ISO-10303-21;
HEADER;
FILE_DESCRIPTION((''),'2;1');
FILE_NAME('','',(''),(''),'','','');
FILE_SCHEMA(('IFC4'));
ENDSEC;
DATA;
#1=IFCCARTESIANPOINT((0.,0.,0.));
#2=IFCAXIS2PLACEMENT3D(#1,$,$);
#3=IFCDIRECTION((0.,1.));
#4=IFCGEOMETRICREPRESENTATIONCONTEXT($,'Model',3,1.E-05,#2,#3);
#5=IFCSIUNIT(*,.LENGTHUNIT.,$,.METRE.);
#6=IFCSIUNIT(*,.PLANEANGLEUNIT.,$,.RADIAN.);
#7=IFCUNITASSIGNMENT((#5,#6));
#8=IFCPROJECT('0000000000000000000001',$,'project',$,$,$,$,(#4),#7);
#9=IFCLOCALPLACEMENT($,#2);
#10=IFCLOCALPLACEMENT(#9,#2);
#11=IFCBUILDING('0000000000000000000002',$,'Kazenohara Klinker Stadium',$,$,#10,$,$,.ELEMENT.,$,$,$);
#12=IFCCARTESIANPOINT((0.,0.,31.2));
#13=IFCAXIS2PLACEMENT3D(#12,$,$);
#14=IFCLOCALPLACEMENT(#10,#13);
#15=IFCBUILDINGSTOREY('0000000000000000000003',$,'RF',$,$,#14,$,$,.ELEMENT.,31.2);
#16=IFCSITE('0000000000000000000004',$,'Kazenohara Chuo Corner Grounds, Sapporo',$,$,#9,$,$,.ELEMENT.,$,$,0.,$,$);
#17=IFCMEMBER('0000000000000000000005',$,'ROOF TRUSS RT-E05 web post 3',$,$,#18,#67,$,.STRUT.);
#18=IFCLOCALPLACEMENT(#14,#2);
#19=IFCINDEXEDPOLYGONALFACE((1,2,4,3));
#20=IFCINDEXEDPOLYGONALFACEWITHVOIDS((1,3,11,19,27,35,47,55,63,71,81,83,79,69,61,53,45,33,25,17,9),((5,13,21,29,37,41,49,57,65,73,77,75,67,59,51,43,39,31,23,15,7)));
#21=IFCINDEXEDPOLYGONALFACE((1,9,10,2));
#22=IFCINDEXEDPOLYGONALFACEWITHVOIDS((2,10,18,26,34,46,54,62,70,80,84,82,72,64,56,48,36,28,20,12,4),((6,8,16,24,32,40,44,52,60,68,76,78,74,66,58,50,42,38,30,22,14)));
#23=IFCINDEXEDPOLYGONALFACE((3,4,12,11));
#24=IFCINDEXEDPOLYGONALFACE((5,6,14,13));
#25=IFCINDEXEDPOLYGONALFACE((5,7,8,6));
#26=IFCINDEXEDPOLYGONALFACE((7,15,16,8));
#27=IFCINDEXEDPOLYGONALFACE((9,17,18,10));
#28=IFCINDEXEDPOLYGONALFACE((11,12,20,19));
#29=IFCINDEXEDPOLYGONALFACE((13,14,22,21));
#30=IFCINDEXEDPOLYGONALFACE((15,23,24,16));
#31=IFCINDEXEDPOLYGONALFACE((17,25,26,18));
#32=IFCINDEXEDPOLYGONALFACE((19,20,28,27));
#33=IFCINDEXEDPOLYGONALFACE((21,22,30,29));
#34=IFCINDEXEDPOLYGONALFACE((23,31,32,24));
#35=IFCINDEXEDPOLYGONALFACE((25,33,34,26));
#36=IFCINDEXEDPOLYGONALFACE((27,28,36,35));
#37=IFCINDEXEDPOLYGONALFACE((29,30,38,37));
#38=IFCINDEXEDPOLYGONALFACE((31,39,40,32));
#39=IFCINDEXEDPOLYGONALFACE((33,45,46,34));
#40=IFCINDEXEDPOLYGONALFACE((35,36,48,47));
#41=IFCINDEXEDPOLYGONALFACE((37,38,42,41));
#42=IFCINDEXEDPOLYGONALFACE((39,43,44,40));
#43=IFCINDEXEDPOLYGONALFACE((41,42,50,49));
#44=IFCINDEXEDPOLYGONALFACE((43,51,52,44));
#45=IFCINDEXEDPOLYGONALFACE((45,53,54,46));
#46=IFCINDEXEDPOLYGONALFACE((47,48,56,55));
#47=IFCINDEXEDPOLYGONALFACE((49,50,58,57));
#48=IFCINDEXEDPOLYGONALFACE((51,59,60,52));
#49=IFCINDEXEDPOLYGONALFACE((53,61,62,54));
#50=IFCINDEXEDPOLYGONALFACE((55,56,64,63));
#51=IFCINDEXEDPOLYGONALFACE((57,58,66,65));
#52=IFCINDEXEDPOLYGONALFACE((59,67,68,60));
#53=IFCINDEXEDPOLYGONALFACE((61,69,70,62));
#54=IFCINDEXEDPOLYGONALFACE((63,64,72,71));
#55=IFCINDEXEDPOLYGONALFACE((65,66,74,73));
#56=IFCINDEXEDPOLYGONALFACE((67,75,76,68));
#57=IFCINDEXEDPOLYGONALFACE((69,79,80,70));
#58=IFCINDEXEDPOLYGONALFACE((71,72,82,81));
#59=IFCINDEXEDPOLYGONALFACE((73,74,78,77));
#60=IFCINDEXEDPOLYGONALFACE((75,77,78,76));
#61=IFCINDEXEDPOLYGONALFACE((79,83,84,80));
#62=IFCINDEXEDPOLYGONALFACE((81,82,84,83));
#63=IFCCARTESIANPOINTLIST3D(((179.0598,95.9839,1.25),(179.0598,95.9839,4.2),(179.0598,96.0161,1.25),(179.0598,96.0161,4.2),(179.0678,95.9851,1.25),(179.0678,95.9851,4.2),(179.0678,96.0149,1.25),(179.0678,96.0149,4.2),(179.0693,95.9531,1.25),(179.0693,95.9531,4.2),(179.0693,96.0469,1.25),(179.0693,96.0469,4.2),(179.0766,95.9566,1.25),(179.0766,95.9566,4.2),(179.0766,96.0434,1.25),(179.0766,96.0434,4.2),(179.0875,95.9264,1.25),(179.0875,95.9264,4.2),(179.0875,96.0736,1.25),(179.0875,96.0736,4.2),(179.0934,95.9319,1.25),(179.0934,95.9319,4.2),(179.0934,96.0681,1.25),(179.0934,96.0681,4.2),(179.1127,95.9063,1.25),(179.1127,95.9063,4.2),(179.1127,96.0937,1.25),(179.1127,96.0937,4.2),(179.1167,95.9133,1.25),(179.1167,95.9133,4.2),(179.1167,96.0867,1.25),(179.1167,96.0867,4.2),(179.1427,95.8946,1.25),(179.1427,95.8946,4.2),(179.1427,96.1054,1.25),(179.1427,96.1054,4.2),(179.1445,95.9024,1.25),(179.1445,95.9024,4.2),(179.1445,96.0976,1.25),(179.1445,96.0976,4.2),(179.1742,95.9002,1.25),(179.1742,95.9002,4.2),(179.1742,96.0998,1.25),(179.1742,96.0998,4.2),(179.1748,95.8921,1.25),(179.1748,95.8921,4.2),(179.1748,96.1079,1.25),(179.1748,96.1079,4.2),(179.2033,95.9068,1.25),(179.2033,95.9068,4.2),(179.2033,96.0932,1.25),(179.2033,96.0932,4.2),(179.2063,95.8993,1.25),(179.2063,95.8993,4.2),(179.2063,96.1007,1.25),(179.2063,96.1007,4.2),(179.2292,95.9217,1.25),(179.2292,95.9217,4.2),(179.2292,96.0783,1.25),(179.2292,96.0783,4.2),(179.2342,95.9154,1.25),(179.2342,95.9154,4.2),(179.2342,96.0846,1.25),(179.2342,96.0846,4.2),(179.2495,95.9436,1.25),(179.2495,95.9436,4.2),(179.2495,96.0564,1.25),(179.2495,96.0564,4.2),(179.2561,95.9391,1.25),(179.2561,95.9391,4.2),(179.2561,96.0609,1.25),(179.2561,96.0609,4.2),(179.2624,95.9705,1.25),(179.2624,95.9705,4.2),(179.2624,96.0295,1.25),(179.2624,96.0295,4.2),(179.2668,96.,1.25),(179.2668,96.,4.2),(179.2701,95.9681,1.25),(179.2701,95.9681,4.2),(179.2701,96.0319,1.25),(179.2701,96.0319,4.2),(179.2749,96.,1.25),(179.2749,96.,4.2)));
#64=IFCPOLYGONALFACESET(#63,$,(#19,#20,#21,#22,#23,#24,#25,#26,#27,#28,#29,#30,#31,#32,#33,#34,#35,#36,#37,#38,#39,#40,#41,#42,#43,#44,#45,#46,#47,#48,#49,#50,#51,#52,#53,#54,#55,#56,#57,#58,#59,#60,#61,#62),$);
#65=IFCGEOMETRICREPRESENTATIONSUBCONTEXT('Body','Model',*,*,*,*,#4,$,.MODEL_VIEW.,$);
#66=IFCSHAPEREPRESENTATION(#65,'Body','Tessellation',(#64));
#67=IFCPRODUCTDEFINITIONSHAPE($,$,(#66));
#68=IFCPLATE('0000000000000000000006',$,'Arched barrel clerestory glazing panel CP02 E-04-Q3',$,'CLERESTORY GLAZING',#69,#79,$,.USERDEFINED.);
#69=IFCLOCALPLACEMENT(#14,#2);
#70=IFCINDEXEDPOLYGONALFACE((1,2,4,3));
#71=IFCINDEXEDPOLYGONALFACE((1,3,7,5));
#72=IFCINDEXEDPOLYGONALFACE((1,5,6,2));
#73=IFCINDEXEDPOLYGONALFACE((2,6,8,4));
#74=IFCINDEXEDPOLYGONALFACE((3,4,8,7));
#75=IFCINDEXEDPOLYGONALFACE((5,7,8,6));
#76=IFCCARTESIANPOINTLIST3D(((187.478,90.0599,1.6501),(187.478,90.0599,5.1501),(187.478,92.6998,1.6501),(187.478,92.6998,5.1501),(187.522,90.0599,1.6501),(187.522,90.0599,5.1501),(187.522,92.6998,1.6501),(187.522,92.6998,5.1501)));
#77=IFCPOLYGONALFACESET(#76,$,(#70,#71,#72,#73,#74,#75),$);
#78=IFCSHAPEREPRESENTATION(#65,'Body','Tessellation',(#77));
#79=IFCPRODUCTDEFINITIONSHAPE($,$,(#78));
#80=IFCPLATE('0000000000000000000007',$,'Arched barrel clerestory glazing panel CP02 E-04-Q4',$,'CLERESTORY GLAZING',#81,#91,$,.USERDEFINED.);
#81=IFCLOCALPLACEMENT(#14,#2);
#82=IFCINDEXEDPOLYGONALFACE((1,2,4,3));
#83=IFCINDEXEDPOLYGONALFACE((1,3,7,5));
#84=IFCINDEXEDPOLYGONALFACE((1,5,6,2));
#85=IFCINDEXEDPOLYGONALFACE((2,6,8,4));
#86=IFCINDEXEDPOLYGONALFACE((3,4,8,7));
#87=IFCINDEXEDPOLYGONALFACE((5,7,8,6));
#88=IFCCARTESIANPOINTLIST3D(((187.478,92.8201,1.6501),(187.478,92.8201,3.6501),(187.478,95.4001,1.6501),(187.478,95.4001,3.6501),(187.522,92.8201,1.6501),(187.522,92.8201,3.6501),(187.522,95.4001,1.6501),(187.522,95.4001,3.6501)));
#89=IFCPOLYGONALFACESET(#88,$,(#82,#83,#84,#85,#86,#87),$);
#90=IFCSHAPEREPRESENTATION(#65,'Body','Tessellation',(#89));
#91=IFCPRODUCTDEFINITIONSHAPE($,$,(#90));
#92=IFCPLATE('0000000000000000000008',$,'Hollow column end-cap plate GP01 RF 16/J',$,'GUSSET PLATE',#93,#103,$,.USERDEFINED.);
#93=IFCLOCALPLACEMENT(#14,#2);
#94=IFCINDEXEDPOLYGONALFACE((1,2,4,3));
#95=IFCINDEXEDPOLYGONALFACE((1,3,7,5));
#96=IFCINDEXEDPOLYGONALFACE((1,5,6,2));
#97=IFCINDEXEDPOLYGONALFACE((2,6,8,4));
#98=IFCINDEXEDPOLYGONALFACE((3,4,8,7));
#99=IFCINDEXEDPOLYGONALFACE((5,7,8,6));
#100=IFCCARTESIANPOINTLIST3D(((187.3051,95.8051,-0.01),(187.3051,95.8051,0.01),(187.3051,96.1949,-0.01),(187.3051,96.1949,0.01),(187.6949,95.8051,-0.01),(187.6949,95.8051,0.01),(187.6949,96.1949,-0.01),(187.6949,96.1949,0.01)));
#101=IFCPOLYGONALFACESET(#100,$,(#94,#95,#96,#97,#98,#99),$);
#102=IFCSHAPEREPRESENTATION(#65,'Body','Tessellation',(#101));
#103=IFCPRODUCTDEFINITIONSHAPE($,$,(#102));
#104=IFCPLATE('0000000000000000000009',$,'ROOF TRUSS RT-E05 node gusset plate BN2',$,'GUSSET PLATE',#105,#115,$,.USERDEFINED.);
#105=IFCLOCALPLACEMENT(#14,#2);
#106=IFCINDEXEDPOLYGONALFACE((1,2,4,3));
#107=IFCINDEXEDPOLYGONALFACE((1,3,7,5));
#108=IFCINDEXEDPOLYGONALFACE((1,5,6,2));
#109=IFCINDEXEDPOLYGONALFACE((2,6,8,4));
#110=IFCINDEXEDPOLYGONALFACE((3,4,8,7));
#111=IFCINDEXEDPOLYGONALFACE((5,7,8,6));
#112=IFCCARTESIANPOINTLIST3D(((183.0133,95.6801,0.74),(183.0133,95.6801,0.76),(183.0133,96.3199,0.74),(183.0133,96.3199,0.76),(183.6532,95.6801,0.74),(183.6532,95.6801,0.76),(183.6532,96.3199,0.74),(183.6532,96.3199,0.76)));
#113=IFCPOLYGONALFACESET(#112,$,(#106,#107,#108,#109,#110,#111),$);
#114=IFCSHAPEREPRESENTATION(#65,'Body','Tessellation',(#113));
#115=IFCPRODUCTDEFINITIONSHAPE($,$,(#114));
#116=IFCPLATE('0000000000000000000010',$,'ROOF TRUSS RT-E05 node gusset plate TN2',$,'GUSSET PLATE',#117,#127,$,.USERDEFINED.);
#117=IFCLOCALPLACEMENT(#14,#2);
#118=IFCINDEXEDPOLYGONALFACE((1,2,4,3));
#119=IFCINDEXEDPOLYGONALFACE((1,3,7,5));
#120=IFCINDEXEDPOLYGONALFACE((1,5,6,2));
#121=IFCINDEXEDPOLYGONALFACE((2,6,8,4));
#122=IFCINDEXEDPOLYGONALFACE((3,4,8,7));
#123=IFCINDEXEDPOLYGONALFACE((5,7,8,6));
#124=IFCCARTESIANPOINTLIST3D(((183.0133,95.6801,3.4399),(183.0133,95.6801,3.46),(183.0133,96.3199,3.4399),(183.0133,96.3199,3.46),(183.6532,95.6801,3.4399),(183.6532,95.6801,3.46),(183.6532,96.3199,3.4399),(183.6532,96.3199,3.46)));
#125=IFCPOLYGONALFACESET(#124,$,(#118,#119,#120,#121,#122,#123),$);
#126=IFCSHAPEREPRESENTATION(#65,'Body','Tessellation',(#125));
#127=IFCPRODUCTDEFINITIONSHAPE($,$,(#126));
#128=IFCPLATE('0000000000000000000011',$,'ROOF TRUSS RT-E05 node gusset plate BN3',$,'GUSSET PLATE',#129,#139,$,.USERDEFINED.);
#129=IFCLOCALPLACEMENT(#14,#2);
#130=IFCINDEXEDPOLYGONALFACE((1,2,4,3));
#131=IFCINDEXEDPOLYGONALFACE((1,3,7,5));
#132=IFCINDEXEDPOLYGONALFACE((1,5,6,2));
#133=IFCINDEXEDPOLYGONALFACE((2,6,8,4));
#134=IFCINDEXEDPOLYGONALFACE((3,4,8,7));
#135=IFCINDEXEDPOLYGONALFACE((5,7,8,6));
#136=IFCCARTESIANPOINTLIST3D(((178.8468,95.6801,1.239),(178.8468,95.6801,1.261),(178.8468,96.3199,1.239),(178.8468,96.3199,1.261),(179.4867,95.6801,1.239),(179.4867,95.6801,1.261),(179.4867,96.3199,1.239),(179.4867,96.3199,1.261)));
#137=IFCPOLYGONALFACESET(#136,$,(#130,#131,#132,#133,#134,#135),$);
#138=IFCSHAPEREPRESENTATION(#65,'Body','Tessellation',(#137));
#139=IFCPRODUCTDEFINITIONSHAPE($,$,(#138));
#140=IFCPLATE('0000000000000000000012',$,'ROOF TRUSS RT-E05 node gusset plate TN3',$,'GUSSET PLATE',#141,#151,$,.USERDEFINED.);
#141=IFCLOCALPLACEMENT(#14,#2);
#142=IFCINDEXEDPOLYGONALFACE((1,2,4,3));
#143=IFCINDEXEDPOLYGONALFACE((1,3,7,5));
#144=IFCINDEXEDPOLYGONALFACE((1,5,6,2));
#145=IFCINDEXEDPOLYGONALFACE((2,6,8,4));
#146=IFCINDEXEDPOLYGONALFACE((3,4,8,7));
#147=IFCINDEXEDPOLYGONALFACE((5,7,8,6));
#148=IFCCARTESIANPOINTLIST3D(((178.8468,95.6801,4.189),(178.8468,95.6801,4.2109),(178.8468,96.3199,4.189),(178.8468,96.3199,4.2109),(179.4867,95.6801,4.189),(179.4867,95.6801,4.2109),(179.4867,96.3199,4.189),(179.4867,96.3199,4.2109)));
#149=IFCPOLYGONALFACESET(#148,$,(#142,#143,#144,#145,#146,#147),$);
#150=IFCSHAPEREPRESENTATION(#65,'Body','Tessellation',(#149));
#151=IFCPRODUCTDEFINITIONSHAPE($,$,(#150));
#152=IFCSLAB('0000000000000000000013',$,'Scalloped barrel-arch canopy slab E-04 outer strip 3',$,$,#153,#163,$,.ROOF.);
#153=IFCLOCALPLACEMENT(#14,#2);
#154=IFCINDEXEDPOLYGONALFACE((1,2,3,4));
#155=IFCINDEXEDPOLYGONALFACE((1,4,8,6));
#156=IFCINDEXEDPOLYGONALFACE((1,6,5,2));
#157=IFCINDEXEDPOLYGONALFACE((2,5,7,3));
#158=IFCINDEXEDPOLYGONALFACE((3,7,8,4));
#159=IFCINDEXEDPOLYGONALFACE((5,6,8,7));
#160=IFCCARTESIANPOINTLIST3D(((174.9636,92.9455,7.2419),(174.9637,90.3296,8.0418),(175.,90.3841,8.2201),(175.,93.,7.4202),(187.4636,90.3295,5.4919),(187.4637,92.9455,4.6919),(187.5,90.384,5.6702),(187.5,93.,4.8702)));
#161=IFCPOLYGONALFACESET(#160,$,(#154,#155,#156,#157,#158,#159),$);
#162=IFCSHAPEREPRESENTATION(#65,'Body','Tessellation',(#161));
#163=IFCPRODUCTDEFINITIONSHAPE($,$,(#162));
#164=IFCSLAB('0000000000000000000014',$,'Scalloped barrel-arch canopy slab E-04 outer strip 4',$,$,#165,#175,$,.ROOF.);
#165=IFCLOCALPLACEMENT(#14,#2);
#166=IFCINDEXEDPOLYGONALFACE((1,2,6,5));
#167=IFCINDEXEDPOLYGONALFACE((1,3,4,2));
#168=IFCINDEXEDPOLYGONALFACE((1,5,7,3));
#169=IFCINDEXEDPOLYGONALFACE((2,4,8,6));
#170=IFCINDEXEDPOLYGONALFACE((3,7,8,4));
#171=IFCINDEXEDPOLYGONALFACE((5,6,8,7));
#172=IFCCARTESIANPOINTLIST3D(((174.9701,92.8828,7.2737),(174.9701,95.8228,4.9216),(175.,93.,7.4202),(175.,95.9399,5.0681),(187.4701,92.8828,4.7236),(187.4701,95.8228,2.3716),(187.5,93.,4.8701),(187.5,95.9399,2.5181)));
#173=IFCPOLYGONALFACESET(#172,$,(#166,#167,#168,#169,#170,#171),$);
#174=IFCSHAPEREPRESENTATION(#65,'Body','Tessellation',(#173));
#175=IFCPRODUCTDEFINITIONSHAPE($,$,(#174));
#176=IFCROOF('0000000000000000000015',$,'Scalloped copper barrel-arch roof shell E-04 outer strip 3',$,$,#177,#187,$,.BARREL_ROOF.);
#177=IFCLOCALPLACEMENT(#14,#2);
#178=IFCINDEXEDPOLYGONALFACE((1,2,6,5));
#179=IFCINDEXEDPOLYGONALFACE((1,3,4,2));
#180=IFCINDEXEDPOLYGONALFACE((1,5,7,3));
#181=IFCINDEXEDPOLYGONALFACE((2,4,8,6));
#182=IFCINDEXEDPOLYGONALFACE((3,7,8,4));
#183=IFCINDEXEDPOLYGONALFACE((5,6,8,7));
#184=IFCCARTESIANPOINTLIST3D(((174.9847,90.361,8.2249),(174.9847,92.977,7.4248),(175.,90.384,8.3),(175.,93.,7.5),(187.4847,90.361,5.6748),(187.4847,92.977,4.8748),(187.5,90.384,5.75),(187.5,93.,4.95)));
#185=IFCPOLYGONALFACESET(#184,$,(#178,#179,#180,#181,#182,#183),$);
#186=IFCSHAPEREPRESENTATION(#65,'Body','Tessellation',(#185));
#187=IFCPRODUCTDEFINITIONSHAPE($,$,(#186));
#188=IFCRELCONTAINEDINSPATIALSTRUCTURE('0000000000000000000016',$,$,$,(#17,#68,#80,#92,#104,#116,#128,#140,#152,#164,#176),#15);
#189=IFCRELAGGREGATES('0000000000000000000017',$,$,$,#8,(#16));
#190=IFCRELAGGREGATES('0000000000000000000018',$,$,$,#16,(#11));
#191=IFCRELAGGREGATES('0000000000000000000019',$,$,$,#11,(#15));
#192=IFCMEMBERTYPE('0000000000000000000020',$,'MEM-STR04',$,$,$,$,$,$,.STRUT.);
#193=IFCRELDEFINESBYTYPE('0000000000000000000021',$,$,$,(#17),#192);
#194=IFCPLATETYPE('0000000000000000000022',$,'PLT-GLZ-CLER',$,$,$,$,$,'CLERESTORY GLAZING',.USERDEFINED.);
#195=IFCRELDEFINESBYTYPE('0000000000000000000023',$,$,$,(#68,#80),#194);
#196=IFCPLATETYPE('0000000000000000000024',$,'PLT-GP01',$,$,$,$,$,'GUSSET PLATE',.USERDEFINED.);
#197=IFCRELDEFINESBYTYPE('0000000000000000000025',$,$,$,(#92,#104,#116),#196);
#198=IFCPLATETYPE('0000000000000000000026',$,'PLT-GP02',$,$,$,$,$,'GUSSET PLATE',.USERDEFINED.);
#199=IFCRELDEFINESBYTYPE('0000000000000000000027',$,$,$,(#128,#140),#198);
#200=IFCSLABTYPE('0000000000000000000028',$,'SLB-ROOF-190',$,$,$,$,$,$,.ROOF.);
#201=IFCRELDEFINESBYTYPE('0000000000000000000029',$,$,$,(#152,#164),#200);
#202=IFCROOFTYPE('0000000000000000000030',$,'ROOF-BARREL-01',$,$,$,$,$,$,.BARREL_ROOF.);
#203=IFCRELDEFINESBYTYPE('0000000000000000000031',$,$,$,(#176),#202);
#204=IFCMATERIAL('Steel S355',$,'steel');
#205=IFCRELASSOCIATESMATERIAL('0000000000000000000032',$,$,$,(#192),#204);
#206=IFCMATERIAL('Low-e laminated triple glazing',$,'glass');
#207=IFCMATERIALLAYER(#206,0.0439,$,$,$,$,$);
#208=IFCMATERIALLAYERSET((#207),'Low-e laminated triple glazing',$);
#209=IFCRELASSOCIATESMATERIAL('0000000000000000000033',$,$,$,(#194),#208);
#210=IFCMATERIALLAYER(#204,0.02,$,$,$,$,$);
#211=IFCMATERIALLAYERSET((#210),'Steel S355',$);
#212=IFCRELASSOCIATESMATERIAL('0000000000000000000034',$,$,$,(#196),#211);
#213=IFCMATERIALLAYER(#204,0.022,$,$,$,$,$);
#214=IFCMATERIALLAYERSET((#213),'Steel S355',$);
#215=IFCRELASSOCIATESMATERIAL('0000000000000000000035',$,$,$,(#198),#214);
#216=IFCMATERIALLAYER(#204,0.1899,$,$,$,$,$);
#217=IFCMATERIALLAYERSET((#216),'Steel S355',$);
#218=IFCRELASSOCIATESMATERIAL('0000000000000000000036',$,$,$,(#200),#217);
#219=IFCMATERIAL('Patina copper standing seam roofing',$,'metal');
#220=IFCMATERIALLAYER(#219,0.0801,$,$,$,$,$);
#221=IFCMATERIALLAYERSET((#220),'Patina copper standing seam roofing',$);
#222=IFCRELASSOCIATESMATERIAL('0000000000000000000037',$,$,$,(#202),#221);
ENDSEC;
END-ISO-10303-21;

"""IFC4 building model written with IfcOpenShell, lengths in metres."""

from ifc_helpers import new_model, si_unit, direction, frame, origin, origin_2d, place, context, subcontext, project, spatial, polyline, rectangle, hollow_circle, outline, extrude, material, layer, layer_set, material_profile, profile_set, type_object, element, save


model = new_model("IFC4")

# Units and contexts
model_context = context("Model", 3, precision=1e-05, world=origin(), true_north=direction((0.0, 1.0)))
body_context = subcontext(model_context, "Body", "Model", "MODEL_VIEW")
ifc_project = project(units=[si_unit("LENGTHUNIT", "METRE"), si_unit("PLANEANGLEUNIT", "RADIAN")], contexts=[model_context])

# Site, building, storey
site_placement = place(None, origin())
site = spatial("IfcSite", under=ifc_project, at=site_placement, Name="Kazenohara Chuo Corner Grounds, Sapporo", CompositionType="ELEMENT", RefElevation=0.0)
building_placement = place(site_placement, origin())
building = spatial("IfcBuilding", under=site, at=building_placement, Name="Kazenohara Klinker Stadium", CompositionType="ELEMENT")
storey_placement = place(building_placement, frame((0.0, 0.0, 31.2)))
storey = spatial("IfcBuildingStorey", under=building, at=storey_placement, Name="RF", CompositionType="ELEMENT", Elevation=31.2)

# Member
ifc_material_1 = material(Name="Steel S355", Category="steel")
ifc_material_profile_1 = material_profile(ifc_material_1, hollow_circle(Radius=0.1082, WallThickness=0.0081, at=origin_2d()), Name="CHS-216.3x8")
ifc_profile_set_1 = profile_set([ifc_material_profile_1], Name="Steel S355")
member_type_1 = type_object("IfcMemberType", Name="MEM-STR04", PredefinedType="STRUT", material=ifc_profile_set_1)
member_1_placement = place(storey_placement, frame((179.1667, 96.0, 1.25), z_axis=(0.0, 0.0, 1.0), x_axis=(1.0, 0.0, 0.0)))
element("IfcMember", 1, at=member_1_placement, inside=storey, type_object=member_type_1, Name="ROOF TRUSS RT-E05 web post 3", PredefinedType="STRUT", context=body_context, shape_type="SweptSolid", body=[
    extrude(hollow_circle(Radius=0.1082, WallThickness=0.0081, at=origin_2d()), origin(), (0.0, 0.0, 1.0), 2.95),
])

# Plates
ifc_material_2 = material(Name="Low-e laminated triple glazing", Category="glass")
ifc_layer_1 = layer(ifc_material_2, 0.0439)
ifc_layer_set_1 = layer_set([ifc_layer_1], Name="Low-e laminated triple glazing")
plate_type_1 = type_object("IfcPlateType", Name="PLT-GLZ-CLER", ElementType="CLERESTORY GLAZING", PredefinedType="USERDEFINED", material=ifc_layer_set_1)
plate_1_placement = place(storey_placement, frame((187.5, 91.3799, 1.6501), z_axis=(0.0, 0.0, 1.0), x_axis=(1.0, 0.0, 0.0)))
element("IfcPlate", 2, at=plate_1_placement, inside=storey, type_object=plate_type_1, Name="Arched barrel clerestory glazing panel CP02 E-04-Q3", ObjectType="CLERESTORY GLAZING", PredefinedType="USERDEFINED", context=body_context, shape_type="SweptSolid", body=[
    extrude(rectangle(XDim=0.0439, YDim=2.6399, at=origin_2d()), origin(), (0.0, 0.0, 1.0), 3.5),
])
plate_2_placement = place(storey_placement, frame((187.5, 94.1101, 1.6501), z_axis=(0.0, 0.0, 1.0), x_axis=(1.0, 0.0, 0.0)))
element("IfcPlate", 3, at=plate_2_placement, inside=storey, type_object=plate_type_1, Name="Arched barrel clerestory glazing panel CP02 E-04-Q4", ObjectType="CLERESTORY GLAZING", PredefinedType="USERDEFINED", context=body_context, shape_type="SweptSolid", body=[
    extrude(rectangle(XDim=0.0439, YDim=2.5801, at=origin_2d()), origin(), (0.0, 0.0, 1.0), 2.0),
])
ifc_layer_2 = layer(ifc_material_1, 0.02)
ifc_layer_set_2 = layer_set([ifc_layer_2], Name="Steel S355")
plate_type_2 = type_object("IfcPlateType", Name="PLT-GP01", ElementType="GUSSET PLATE", PredefinedType="USERDEFINED", material=ifc_layer_set_2)
plate_3_placement = place(storey_placement, frame((187.5, 96.0, -0.01), z_axis=(0.0, 0.0, 1.0), x_axis=(1.0, 0.0, 0.0)))
element("IfcPlate", 4, at=plate_3_placement, inside=storey, type_object=plate_type_2, Name="Hollow column end-cap plate GP01 RF 16/J", ObjectType="GUSSET PLATE", PredefinedType="USERDEFINED", context=body_context, shape_type="SweptSolid", body=[
    extrude(rectangle(XDim=0.3899, YDim=0.3899, at=origin_2d()), origin(), (0.0, 0.0, 1.0), 0.02),
])
for number, where, z_axis, x_axis, name in (
    (5, (183.3333, 96.0, 0.74), (0.0, 0.0, 1.0), (1.0, 0.0, 0.0), "ROOF TRUSS RT-E05 node gusset plate BN2"),
    (6, (183.3333, 96.0, 3.4399), (0.0, 0.0, 1.0), (1.0, 0.0, 0.0), "ROOF TRUSS RT-E05 node gusset plate TN2"),
):
    element("IfcPlate", number, at=place(storey_placement, frame(where, z_axis=z_axis, x_axis=x_axis)), inside=storey, type_object=plate_type_2, Name=name, ObjectType="GUSSET PLATE", PredefinedType="USERDEFINED", context=body_context, shape_type="SweptSolid", body=[
        extrude(rectangle(XDim=0.6399, YDim=0.6399, at=origin_2d()), origin(), (0.0, 0.0, 1.0), 0.02),
    ])
ifc_layer_3 = layer(ifc_material_1, 0.022)
ifc_layer_set_3 = layer_set([ifc_layer_3], Name="Steel S355")
plate_type_3 = type_object("IfcPlateType", Name="PLT-GP02", ElementType="GUSSET PLATE", PredefinedType="USERDEFINED", material=ifc_layer_set_3)
for number, where, z_axis, x_axis, name in (
    (7, (179.1667, 96.0, 1.239), (0.0, 0.0, 1.0), (1.0, 0.0, 0.0), "ROOF TRUSS RT-E05 node gusset plate BN3"),
    (8, (179.1667, 96.0, 4.189), (0.0, 0.0, 1.0), (1.0, 0.0, 0.0), "ROOF TRUSS RT-E05 node gusset plate TN3"),
):
    element("IfcPlate", number, at=place(storey_placement, frame(where, z_axis=z_axis, x_axis=x_axis)), inside=storey, type_object=plate_type_3, Name=name, ObjectType="GUSSET PLATE", PredefinedType="USERDEFINED", context=body_context, shape_type="SweptSolid", body=[
        extrude(rectangle(XDim=0.6399, YDim=0.6399, at=origin_2d()), origin(), (0.0, 0.0, 1.0), 0.022),
    ])

# Slabs
ifc_layer_4 = layer(ifc_material_1, 0.1899)
ifc_layer_set_4 = layer_set([ifc_layer_4], Name="Steel S355")
slab_type = type_object("IfcSlabType", Name="SLB-ROOF-190", PredefinedType="ROOF", material=ifc_layer_set_4)
slab_1_placement = place(storey_placement, frame((187.5, 90.384, 5.6702), z_axis=(0.191468, 0.28701, 0.938597), x_axis=(-0.979821, 0.000003, 0.199877)))
element("IfcSlab", 9, at=slab_1_placement, inside=storey, type_object=slab_type, Name="Scalloped barrel-arch canopy slab E-04 outer strip 3", PredefinedType="ROOF", context=body_context, shape_type="SweptSolid", body=[
    extrude(outline(polyline([(0.0, 0.0), (12.7574, 0.0), (12.5976, -2.7308), (-0.1599, -2.7309), (0.0, 0.0)])), origin(), (0.0, 0.0, -1.0), 0.1899),
])
slab_2_placement = place(storey_placement, frame((187.5, 93.0, 4.8701), z_axis=(0.157314, 0.616932, 0.771133), x_axis=(-0.979819, 0.0, 0.199887)))
element("IfcSlab", 10, at=slab_2_placement, inside=storey, type_object=slab_type, Name="Scalloped barrel-arch canopy slab E-04 outer strip 4", PredefinedType="ROOF", context=body_context, shape_type="SweptSolid", body=[
    extrude(outline(polyline([(0.0, 0.0), (12.7575, 0.0), (12.2873, -3.7356), (-0.4701, -3.7356), (0.0, 0.0)])), origin(), (0.0, 0.0, -1.0), 0.1899),
])

# Roof
ifc_material_3 = material(Name="Patina copper standing seam roofing", Category="metal")
ifc_layer_5 = layer(ifc_material_3, 0.0801)
ifc_layer_set_5 = layer_set([ifc_layer_5], Name="Patina copper standing seam roofing")
roof_type = type_object("IfcRoofType", Name="ROOF-BARREL-01", PredefinedType="BARREL_ROOF", material=ifc_layer_set_5)
roof_1_placement = place(storey_placement, frame((187.5, 90.384, 5.75), z_axis=(0.191475, 0.28705, 0.938584), x_axis=(-0.979819, 0.0, 0.199887)))
element("IfcRoof", 11, at=roof_1_placement, inside=storey, type_object=roof_type, Name="Scalloped copper barrel-arch roof shell E-04 outer strip 3", PredefinedType="BARREL_ROOF", context=body_context, shape_type="SweptSolid", body=[
    extrude(outline(polyline([(0.0, 0.0), (12.7575, 0.0), (12.5975, -2.7309), (-0.1599, -2.7309), (0.0, 0.0)])), origin(), (0.0, 0.0, -1.0), 0.0801),
])

save(model, "model.ifc")
